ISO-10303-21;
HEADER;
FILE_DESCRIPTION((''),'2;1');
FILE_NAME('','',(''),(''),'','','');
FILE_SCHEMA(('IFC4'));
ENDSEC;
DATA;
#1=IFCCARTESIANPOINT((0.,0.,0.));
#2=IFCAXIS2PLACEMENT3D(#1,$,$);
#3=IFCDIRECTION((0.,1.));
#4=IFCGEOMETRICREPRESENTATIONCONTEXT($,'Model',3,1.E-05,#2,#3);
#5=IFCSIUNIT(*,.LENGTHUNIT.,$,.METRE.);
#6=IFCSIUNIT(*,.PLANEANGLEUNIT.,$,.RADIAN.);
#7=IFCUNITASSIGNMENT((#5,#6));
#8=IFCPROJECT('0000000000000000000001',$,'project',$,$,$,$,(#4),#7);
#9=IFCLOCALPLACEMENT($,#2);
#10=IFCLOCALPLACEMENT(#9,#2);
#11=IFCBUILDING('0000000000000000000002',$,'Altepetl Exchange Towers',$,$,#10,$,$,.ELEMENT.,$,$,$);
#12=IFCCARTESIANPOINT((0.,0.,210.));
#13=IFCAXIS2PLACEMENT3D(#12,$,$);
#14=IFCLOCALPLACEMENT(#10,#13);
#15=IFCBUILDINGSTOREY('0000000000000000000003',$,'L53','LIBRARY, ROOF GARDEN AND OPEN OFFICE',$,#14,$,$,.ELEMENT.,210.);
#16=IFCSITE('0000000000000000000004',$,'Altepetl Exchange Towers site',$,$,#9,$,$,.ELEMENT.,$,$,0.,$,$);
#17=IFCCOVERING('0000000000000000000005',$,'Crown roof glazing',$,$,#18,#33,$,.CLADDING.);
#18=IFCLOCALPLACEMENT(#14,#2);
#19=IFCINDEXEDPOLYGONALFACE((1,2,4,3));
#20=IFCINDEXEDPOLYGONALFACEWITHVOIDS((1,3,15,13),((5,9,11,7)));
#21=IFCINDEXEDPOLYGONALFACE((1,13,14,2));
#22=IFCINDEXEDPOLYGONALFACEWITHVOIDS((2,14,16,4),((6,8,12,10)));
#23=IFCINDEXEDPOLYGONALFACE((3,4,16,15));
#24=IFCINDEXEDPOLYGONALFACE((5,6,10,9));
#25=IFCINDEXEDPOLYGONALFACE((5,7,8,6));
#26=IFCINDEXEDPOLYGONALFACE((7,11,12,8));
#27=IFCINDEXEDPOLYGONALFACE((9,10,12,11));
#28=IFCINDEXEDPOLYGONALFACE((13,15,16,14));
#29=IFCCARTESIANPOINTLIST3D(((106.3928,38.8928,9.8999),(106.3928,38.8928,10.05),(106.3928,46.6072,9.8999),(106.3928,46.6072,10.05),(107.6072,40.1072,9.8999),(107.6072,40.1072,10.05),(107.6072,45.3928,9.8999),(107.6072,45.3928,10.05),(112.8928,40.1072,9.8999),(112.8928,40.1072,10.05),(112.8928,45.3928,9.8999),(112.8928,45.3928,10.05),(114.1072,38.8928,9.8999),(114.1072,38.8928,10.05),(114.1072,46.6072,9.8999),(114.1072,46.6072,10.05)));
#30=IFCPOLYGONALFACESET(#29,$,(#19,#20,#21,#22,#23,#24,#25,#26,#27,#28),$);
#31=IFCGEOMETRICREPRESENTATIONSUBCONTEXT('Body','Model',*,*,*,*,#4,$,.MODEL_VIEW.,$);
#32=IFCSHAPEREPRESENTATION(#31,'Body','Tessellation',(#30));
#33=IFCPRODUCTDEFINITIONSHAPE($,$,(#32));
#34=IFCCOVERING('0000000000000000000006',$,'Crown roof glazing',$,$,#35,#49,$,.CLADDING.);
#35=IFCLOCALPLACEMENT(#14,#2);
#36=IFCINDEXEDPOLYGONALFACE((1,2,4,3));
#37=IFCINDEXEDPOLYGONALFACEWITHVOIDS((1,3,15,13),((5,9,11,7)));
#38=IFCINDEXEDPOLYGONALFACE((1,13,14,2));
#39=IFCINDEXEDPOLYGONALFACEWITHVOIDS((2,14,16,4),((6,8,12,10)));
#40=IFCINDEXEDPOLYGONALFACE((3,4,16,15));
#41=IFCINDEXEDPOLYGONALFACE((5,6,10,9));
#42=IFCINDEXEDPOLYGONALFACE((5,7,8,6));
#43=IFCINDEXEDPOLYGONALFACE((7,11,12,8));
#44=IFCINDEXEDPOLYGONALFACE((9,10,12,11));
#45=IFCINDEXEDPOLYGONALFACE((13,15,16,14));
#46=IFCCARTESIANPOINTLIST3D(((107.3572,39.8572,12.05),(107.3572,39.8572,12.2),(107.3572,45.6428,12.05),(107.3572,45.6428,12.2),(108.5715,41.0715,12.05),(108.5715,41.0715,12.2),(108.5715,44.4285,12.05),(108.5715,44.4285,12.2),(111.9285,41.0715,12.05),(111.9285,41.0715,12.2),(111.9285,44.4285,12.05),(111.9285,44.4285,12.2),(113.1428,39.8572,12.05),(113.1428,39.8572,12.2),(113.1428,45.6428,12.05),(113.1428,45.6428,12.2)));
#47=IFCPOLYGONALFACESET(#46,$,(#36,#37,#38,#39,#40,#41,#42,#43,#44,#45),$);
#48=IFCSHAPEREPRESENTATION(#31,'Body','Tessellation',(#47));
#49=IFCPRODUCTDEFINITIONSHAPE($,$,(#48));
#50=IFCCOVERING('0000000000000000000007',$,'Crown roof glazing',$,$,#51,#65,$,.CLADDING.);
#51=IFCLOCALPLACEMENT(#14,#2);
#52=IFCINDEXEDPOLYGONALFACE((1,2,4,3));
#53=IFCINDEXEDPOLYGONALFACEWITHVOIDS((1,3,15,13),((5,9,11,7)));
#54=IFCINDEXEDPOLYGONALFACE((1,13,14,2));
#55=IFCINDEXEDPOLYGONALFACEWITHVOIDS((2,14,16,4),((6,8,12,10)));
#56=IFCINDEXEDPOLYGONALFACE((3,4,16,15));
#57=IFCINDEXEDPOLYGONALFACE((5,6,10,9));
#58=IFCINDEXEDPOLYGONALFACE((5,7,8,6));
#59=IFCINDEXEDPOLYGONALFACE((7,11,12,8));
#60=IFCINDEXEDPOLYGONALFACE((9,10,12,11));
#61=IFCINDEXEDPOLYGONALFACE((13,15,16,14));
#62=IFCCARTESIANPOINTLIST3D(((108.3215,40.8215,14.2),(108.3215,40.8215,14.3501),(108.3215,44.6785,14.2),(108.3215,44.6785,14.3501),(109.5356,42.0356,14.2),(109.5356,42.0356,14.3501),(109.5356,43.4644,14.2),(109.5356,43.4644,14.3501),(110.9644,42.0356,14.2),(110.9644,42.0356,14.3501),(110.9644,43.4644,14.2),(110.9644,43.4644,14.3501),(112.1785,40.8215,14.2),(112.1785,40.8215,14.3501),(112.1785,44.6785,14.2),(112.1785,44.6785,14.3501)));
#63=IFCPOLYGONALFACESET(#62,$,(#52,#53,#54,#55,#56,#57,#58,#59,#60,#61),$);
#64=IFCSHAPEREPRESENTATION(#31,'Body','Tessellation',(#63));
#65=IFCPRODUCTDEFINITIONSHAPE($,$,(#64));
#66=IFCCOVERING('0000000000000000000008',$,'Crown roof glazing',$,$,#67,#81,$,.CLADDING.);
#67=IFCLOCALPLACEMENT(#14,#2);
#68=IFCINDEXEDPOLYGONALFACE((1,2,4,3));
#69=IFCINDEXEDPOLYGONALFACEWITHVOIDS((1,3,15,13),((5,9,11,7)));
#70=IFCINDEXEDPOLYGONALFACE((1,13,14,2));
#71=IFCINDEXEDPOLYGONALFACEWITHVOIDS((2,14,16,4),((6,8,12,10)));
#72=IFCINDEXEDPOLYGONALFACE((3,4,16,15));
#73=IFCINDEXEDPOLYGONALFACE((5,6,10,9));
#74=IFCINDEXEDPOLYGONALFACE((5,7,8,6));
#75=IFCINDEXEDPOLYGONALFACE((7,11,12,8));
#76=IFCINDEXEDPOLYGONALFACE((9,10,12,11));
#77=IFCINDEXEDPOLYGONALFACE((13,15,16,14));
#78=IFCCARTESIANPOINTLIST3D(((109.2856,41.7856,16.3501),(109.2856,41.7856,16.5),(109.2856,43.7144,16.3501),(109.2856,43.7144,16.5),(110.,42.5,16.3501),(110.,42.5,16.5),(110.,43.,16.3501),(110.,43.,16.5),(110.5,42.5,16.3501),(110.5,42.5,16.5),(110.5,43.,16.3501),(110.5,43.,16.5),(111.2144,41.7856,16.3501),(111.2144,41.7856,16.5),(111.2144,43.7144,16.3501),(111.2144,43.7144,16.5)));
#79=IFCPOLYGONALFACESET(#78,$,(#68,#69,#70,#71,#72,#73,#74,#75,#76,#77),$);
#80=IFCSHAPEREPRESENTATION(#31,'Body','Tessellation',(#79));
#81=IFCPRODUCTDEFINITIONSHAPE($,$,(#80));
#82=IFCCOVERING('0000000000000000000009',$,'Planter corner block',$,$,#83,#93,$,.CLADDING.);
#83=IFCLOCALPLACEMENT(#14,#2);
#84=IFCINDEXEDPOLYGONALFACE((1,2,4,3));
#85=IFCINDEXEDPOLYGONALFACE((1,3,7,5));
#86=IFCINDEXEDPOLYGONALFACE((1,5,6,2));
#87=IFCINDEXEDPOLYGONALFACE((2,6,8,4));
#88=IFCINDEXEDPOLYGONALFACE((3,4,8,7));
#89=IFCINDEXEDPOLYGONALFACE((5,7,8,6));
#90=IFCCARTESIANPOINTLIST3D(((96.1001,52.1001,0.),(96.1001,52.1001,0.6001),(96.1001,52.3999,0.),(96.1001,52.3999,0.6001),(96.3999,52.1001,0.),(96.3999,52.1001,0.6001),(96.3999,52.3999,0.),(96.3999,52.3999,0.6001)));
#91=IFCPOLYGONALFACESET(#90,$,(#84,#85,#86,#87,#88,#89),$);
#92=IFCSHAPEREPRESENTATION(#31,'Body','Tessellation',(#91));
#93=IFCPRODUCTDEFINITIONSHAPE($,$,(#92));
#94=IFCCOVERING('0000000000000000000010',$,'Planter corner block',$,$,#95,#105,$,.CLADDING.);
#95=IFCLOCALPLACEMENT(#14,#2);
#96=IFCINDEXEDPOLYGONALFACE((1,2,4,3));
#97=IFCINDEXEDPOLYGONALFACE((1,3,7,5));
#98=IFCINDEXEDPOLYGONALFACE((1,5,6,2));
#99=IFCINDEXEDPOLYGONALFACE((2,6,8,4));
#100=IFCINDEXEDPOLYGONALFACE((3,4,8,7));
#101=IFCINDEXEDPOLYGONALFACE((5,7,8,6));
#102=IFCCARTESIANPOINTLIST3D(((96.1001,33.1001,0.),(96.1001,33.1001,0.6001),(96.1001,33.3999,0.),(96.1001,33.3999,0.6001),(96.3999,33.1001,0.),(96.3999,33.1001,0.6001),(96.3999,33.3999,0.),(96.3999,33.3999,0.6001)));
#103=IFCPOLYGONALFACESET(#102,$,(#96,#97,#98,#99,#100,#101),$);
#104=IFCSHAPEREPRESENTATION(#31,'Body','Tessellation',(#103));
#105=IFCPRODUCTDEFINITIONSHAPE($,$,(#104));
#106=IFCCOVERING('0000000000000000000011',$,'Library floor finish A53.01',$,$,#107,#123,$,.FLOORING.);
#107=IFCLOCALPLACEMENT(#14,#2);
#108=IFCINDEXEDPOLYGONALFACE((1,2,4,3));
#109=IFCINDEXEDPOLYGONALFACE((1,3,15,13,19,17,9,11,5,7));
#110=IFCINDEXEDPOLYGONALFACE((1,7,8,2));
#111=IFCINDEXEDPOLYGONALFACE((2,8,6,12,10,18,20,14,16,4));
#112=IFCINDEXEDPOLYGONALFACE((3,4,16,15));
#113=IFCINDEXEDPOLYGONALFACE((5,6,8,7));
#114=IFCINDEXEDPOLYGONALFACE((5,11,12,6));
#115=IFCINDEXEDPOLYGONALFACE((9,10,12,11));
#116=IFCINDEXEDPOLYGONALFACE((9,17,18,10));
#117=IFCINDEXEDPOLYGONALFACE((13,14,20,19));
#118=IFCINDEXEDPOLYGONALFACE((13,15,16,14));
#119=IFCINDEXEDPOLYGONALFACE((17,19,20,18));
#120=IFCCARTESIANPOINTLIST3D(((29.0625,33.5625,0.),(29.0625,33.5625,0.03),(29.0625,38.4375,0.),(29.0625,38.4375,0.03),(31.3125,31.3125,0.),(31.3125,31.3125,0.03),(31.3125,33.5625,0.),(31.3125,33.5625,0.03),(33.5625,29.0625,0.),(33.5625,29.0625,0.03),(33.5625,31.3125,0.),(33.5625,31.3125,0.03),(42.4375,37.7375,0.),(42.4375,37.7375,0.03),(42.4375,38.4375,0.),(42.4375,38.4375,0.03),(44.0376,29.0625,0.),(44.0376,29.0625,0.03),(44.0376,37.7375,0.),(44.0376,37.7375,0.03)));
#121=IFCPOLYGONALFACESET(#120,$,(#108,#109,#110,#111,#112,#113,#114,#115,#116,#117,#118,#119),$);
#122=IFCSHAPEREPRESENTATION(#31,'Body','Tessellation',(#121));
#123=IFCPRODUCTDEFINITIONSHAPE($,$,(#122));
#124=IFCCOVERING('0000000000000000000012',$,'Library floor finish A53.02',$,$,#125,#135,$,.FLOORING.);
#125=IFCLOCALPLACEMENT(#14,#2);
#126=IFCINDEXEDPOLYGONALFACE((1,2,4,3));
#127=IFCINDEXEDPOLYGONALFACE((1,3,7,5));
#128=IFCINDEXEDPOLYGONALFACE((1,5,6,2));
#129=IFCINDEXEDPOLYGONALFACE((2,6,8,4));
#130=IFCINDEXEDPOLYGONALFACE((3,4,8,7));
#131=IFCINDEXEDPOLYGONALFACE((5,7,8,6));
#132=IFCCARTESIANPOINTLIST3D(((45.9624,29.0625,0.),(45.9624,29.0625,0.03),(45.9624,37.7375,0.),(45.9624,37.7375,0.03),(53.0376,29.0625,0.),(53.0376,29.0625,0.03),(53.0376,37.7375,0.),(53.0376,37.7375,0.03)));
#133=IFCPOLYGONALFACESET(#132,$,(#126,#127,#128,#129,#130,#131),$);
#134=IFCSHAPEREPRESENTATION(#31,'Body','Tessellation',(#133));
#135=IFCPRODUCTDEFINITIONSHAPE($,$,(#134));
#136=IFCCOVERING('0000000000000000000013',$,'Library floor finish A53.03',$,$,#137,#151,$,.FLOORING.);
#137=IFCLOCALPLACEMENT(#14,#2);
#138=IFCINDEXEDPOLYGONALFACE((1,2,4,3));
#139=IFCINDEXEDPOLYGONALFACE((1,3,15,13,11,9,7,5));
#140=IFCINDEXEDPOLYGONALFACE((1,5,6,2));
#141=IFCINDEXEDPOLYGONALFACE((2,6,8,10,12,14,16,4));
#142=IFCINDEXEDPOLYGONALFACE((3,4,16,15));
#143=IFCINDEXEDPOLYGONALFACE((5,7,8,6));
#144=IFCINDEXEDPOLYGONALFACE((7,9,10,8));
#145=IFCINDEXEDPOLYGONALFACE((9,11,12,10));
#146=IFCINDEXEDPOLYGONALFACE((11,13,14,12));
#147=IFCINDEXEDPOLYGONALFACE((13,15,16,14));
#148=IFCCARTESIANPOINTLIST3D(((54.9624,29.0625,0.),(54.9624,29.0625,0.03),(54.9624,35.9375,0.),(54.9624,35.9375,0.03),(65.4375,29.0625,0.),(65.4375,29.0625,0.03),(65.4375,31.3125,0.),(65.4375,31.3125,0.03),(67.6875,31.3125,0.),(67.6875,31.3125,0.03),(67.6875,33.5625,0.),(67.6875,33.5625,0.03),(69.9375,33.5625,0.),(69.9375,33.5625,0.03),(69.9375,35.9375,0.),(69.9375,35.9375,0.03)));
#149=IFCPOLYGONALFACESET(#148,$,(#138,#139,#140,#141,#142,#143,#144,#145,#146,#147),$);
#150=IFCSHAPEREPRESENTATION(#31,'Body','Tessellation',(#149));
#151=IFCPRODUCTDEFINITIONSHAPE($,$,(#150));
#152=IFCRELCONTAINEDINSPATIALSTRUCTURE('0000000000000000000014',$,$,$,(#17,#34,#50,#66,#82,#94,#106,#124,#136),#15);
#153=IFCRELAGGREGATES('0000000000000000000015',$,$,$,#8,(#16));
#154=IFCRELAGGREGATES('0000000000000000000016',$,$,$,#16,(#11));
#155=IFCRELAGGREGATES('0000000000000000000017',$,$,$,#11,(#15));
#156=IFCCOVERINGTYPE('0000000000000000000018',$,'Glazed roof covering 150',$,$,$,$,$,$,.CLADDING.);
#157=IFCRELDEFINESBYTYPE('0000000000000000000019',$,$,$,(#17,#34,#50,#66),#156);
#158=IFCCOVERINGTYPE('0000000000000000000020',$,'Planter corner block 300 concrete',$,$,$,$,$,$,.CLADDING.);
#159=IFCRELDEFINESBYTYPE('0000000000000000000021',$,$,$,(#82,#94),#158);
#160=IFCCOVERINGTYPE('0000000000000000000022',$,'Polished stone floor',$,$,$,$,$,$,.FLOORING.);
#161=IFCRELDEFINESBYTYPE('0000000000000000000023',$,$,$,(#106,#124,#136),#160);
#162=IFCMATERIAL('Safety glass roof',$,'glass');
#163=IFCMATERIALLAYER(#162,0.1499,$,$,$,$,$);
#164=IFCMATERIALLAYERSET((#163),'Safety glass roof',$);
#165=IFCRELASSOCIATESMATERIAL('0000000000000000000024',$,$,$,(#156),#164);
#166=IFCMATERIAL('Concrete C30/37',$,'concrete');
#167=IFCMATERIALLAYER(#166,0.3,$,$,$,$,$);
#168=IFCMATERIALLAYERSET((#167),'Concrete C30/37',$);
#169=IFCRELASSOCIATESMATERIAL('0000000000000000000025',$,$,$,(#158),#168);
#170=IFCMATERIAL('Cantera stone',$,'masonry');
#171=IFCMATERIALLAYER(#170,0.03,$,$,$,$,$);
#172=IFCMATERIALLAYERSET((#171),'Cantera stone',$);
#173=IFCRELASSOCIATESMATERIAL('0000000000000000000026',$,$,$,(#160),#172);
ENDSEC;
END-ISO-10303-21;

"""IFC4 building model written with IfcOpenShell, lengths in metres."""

from ifc_helpers import new_model, si_unit, direction, frame, origin, place, context, subcontext, project, spatial, polyline, outline, extrude, material, layer, layer_set, type_object, element, save


model = new_model("IFC4")

# Units and contexts
model_context = context("Model", 3, precision=1e-05, world=origin(), true_north=direction((0.0, 1.0)))
body_context = subcontext(model_context, "Body", "Model", "MODEL_VIEW")
ifc_project = project(units=[si_unit("LENGTHUNIT", "METRE"), si_unit("PLANEANGLEUNIT", "RADIAN")], contexts=[model_context])

# Site, building, storey
site_placement = place(None, origin())
site = spatial("IfcSite", under=ifc_project, at=site_placement, Name="Altepetl Exchange Towers site", CompositionType="ELEMENT", RefElevation=0.0)
building_placement = place(site_placement, origin())
building = spatial("IfcBuilding", under=site, at=building_placement, Name="Altepetl Exchange Towers", CompositionType="ELEMENT")
storey_placement = place(building_placement, frame((0.0, 0.0, 210.0)))
storey = spatial("IfcBuildingStorey", under=building, at=storey_placement, Name="L53", Description="LIBRARY, ROOF GARDEN AND OPEN OFFICE", CompositionType="ELEMENT", Elevation=210.0)

# Coverings
ifc_material_1 = material(Name="Safety glass roof", Category="glass")
ifc_layer_1 = layer(ifc_material_1, 0.1499)
ifc_layer_set_1 = layer_set([ifc_layer_1], Name="Safety glass roof")
covering_type_1 = type_object("IfcCoveringType", Name="Glazed roof covering 150", PredefinedType="CLADDING", material=ifc_layer_set_1)
covering_1_placement = place(storey_placement, frame((0.0, 0.0, 9.8999)))
element("IfcCovering", 1, at=covering_1_placement, inside=storey, type_object=covering_type_1, Name="Crown roof glazing", PredefinedType="CLADDING", context=body_context, shape_type="SweptSolid", body=[
    extrude(outline(polyline([(106.3928, 38.8928), (114.1072, 38.8928), (114.1072, 46.6072), (106.3928, 46.6072), (106.3928, 38.8928)]), holes=[polyline([(107.6072, 40.1072), (112.8928, 40.1072), (112.8928, 45.3928), (107.6072, 45.3928), (107.6072, 40.1072)])]), origin(), (0.0, 0.0, 1.0), 0.1501),
])
covering_2_placement = place(storey_placement, frame((0.0, 0.0, 12.05)))
element("IfcCovering", 2, at=covering_2_placement, inside=storey, type_object=covering_type_1, Name="Crown roof glazing", PredefinedType="CLADDING", context=body_context, shape_type="SweptSolid", body=[
    extrude(outline(polyline([(107.3572, 39.8572), (113.1428, 39.8572), (113.1428, 45.6428), (107.3572, 45.6428), (107.3572, 39.8572)]), holes=[polyline([(108.5715, 41.0715), (111.9285, 41.0715), (111.9285, 44.4285), (108.5715, 44.4285), (108.5715, 41.0715)])]), origin(), (0.0, 0.0, 1.0), 0.1499),
])
covering_3_placement = place(storey_placement, frame((0.0, 0.0, 14.2)))
element("IfcCovering", 3, at=covering_3_placement, inside=storey, type_object=covering_type_1, Name="Crown roof glazing", PredefinedType="CLADDING", context=body_context, shape_type="SweptSolid", body=[
    extrude(outline(polyline([(108.3215, 40.8215), (112.1785, 40.8215), (112.1785, 44.6785), (108.3215, 44.6785), (108.3215, 40.8215)]), holes=[polyline([(109.5356, 42.0356), (110.9644, 42.0356), (110.9644, 43.4644), (109.5356, 43.4644), (109.5356, 42.0356)])]), origin(), (0.0, 0.0, 1.0), 0.1501),
])
covering_4_placement = place(storey_placement, frame((0.0, 0.0, 16.3501)))
element("IfcCovering", 4, at=covering_4_placement, inside=storey, type_object=covering_type_1, Name="Crown roof glazing", PredefinedType="CLADDING", context=body_context, shape_type="SweptSolid", body=[
    extrude(outline(polyline([(109.2856, 41.7856), (111.2144, 41.7856), (111.2144, 43.7144), (109.2856, 43.7144), (109.2856, 41.7856)]), holes=[polyline([(110.0, 42.5), (110.5, 42.5), (110.5, 43.0), (110.0, 43.0), (110.0, 42.5)])]), origin(), (0.0, 0.0, 1.0), 0.1499),
])
ifc_material_2 = material(Name="Concrete C30/37", Category="concrete")
ifc_layer_2 = layer(ifc_material_2, 0.3)
ifc_layer_set_2 = layer_set([ifc_layer_2], Name="Concrete C30/37")
covering_type_2 = type_object("IfcCoveringType", Name="Planter corner block 300 concrete", PredefinedType="CLADDING", material=ifc_layer_set_2)
covering_5_placement = place(storey_placement, origin())
element("IfcCovering", 5, at=covering_5_placement, inside=storey, type_object=covering_type_2, Name="Planter corner block", PredefinedType="CLADDING", context=body_context, shape_type="SweptSolid", body=[
    extrude(outline(polyline([(96.3999, 52.1001), (96.3999, 52.3999), (96.1001, 52.3999), (96.1001, 52.1001), (96.3999, 52.1001)])), origin(), (0.0, 0.0, 1.0), 0.6001),
])
covering_6_placement = place(storey_placement, origin())
element("IfcCovering", 6, at=covering_6_placement, inside=storey, type_object=covering_type_2, Name="Planter corner block", PredefinedType="CLADDING", context=body_context, shape_type="SweptSolid", body=[
    extrude(outline(polyline([(96.1001, 33.3999), (96.1001, 33.1001), (96.3999, 33.1001), (96.3999, 33.3999), (96.1001, 33.3999)])), origin(), (0.0, 0.0, 1.0), 0.6001),
])
ifc_material_3 = material(Name="Cantera stone", Category="masonry")
ifc_layer_3 = layer(ifc_material_3, 0.03)
ifc_layer_set_3 = layer_set([ifc_layer_3], Name="Cantera stone")
covering_type_3 = type_object("IfcCoveringType", Name="Polished stone floor", PredefinedType="FLOORING", material=ifc_layer_set_3)
covering_7_placement = place(storey_placement, origin())
element("IfcCovering", 7, at=covering_7_placement, inside=storey, type_object=covering_type_3, Name="Library floor finish A53.01", PredefinedType="FLOORING", context=body_context, shape_type="SweptSolid", body=[
    extrude(outline(polyline([(31.3125, 33.5625), (31.3125, 31.3125), (33.5625, 31.3125), (33.5625, 29.0625), (44.0376, 29.0625), (44.0376, 37.7375), (42.4375, 37.7375), (42.4375, 38.4375), (29.0625, 38.4375), (29.0625, 33.5625), (31.3125, 33.5625)])), origin(), (0.0, 0.0, 1.0), 0.03),
])
covering_8_placement = place(storey_placement, origin())
element("IfcCovering", 8, at=covering_8_placement, inside=storey, type_object=covering_type_3, Name="Library floor finish A53.02", PredefinedType="FLOORING", context=body_context, shape_type="SweptSolid", body=[
    extrude(outline(polyline([(45.9624, 37.7375), (45.9624, 29.0625), (53.0376, 29.0625), (53.0376, 37.7375), (45.9624, 37.7375)])), origin(), (0.0, 0.0, 1.0), 0.03),
])
covering_9_placement = place(storey_placement, origin())
element("IfcCovering", 9, at=covering_9_placement, inside=storey, type_object=covering_type_3, Name="Library floor finish A53.03", PredefinedType="FLOORING", context=body_context, shape_type="SweptSolid", body=[
    extrude(outline(polyline([(69.9375, 35.9375), (54.9624, 35.9375), (54.9624, 29.0625), (65.4375, 29.0625), (65.4375, 31.3125), (67.6875, 31.3125), (67.6875, 33.5625), (69.9375, 33.5625), (69.9375, 35.9375)])), origin(), (0.0, 0.0, 1.0), 0.03),
])

save(model, "model.ifc")
